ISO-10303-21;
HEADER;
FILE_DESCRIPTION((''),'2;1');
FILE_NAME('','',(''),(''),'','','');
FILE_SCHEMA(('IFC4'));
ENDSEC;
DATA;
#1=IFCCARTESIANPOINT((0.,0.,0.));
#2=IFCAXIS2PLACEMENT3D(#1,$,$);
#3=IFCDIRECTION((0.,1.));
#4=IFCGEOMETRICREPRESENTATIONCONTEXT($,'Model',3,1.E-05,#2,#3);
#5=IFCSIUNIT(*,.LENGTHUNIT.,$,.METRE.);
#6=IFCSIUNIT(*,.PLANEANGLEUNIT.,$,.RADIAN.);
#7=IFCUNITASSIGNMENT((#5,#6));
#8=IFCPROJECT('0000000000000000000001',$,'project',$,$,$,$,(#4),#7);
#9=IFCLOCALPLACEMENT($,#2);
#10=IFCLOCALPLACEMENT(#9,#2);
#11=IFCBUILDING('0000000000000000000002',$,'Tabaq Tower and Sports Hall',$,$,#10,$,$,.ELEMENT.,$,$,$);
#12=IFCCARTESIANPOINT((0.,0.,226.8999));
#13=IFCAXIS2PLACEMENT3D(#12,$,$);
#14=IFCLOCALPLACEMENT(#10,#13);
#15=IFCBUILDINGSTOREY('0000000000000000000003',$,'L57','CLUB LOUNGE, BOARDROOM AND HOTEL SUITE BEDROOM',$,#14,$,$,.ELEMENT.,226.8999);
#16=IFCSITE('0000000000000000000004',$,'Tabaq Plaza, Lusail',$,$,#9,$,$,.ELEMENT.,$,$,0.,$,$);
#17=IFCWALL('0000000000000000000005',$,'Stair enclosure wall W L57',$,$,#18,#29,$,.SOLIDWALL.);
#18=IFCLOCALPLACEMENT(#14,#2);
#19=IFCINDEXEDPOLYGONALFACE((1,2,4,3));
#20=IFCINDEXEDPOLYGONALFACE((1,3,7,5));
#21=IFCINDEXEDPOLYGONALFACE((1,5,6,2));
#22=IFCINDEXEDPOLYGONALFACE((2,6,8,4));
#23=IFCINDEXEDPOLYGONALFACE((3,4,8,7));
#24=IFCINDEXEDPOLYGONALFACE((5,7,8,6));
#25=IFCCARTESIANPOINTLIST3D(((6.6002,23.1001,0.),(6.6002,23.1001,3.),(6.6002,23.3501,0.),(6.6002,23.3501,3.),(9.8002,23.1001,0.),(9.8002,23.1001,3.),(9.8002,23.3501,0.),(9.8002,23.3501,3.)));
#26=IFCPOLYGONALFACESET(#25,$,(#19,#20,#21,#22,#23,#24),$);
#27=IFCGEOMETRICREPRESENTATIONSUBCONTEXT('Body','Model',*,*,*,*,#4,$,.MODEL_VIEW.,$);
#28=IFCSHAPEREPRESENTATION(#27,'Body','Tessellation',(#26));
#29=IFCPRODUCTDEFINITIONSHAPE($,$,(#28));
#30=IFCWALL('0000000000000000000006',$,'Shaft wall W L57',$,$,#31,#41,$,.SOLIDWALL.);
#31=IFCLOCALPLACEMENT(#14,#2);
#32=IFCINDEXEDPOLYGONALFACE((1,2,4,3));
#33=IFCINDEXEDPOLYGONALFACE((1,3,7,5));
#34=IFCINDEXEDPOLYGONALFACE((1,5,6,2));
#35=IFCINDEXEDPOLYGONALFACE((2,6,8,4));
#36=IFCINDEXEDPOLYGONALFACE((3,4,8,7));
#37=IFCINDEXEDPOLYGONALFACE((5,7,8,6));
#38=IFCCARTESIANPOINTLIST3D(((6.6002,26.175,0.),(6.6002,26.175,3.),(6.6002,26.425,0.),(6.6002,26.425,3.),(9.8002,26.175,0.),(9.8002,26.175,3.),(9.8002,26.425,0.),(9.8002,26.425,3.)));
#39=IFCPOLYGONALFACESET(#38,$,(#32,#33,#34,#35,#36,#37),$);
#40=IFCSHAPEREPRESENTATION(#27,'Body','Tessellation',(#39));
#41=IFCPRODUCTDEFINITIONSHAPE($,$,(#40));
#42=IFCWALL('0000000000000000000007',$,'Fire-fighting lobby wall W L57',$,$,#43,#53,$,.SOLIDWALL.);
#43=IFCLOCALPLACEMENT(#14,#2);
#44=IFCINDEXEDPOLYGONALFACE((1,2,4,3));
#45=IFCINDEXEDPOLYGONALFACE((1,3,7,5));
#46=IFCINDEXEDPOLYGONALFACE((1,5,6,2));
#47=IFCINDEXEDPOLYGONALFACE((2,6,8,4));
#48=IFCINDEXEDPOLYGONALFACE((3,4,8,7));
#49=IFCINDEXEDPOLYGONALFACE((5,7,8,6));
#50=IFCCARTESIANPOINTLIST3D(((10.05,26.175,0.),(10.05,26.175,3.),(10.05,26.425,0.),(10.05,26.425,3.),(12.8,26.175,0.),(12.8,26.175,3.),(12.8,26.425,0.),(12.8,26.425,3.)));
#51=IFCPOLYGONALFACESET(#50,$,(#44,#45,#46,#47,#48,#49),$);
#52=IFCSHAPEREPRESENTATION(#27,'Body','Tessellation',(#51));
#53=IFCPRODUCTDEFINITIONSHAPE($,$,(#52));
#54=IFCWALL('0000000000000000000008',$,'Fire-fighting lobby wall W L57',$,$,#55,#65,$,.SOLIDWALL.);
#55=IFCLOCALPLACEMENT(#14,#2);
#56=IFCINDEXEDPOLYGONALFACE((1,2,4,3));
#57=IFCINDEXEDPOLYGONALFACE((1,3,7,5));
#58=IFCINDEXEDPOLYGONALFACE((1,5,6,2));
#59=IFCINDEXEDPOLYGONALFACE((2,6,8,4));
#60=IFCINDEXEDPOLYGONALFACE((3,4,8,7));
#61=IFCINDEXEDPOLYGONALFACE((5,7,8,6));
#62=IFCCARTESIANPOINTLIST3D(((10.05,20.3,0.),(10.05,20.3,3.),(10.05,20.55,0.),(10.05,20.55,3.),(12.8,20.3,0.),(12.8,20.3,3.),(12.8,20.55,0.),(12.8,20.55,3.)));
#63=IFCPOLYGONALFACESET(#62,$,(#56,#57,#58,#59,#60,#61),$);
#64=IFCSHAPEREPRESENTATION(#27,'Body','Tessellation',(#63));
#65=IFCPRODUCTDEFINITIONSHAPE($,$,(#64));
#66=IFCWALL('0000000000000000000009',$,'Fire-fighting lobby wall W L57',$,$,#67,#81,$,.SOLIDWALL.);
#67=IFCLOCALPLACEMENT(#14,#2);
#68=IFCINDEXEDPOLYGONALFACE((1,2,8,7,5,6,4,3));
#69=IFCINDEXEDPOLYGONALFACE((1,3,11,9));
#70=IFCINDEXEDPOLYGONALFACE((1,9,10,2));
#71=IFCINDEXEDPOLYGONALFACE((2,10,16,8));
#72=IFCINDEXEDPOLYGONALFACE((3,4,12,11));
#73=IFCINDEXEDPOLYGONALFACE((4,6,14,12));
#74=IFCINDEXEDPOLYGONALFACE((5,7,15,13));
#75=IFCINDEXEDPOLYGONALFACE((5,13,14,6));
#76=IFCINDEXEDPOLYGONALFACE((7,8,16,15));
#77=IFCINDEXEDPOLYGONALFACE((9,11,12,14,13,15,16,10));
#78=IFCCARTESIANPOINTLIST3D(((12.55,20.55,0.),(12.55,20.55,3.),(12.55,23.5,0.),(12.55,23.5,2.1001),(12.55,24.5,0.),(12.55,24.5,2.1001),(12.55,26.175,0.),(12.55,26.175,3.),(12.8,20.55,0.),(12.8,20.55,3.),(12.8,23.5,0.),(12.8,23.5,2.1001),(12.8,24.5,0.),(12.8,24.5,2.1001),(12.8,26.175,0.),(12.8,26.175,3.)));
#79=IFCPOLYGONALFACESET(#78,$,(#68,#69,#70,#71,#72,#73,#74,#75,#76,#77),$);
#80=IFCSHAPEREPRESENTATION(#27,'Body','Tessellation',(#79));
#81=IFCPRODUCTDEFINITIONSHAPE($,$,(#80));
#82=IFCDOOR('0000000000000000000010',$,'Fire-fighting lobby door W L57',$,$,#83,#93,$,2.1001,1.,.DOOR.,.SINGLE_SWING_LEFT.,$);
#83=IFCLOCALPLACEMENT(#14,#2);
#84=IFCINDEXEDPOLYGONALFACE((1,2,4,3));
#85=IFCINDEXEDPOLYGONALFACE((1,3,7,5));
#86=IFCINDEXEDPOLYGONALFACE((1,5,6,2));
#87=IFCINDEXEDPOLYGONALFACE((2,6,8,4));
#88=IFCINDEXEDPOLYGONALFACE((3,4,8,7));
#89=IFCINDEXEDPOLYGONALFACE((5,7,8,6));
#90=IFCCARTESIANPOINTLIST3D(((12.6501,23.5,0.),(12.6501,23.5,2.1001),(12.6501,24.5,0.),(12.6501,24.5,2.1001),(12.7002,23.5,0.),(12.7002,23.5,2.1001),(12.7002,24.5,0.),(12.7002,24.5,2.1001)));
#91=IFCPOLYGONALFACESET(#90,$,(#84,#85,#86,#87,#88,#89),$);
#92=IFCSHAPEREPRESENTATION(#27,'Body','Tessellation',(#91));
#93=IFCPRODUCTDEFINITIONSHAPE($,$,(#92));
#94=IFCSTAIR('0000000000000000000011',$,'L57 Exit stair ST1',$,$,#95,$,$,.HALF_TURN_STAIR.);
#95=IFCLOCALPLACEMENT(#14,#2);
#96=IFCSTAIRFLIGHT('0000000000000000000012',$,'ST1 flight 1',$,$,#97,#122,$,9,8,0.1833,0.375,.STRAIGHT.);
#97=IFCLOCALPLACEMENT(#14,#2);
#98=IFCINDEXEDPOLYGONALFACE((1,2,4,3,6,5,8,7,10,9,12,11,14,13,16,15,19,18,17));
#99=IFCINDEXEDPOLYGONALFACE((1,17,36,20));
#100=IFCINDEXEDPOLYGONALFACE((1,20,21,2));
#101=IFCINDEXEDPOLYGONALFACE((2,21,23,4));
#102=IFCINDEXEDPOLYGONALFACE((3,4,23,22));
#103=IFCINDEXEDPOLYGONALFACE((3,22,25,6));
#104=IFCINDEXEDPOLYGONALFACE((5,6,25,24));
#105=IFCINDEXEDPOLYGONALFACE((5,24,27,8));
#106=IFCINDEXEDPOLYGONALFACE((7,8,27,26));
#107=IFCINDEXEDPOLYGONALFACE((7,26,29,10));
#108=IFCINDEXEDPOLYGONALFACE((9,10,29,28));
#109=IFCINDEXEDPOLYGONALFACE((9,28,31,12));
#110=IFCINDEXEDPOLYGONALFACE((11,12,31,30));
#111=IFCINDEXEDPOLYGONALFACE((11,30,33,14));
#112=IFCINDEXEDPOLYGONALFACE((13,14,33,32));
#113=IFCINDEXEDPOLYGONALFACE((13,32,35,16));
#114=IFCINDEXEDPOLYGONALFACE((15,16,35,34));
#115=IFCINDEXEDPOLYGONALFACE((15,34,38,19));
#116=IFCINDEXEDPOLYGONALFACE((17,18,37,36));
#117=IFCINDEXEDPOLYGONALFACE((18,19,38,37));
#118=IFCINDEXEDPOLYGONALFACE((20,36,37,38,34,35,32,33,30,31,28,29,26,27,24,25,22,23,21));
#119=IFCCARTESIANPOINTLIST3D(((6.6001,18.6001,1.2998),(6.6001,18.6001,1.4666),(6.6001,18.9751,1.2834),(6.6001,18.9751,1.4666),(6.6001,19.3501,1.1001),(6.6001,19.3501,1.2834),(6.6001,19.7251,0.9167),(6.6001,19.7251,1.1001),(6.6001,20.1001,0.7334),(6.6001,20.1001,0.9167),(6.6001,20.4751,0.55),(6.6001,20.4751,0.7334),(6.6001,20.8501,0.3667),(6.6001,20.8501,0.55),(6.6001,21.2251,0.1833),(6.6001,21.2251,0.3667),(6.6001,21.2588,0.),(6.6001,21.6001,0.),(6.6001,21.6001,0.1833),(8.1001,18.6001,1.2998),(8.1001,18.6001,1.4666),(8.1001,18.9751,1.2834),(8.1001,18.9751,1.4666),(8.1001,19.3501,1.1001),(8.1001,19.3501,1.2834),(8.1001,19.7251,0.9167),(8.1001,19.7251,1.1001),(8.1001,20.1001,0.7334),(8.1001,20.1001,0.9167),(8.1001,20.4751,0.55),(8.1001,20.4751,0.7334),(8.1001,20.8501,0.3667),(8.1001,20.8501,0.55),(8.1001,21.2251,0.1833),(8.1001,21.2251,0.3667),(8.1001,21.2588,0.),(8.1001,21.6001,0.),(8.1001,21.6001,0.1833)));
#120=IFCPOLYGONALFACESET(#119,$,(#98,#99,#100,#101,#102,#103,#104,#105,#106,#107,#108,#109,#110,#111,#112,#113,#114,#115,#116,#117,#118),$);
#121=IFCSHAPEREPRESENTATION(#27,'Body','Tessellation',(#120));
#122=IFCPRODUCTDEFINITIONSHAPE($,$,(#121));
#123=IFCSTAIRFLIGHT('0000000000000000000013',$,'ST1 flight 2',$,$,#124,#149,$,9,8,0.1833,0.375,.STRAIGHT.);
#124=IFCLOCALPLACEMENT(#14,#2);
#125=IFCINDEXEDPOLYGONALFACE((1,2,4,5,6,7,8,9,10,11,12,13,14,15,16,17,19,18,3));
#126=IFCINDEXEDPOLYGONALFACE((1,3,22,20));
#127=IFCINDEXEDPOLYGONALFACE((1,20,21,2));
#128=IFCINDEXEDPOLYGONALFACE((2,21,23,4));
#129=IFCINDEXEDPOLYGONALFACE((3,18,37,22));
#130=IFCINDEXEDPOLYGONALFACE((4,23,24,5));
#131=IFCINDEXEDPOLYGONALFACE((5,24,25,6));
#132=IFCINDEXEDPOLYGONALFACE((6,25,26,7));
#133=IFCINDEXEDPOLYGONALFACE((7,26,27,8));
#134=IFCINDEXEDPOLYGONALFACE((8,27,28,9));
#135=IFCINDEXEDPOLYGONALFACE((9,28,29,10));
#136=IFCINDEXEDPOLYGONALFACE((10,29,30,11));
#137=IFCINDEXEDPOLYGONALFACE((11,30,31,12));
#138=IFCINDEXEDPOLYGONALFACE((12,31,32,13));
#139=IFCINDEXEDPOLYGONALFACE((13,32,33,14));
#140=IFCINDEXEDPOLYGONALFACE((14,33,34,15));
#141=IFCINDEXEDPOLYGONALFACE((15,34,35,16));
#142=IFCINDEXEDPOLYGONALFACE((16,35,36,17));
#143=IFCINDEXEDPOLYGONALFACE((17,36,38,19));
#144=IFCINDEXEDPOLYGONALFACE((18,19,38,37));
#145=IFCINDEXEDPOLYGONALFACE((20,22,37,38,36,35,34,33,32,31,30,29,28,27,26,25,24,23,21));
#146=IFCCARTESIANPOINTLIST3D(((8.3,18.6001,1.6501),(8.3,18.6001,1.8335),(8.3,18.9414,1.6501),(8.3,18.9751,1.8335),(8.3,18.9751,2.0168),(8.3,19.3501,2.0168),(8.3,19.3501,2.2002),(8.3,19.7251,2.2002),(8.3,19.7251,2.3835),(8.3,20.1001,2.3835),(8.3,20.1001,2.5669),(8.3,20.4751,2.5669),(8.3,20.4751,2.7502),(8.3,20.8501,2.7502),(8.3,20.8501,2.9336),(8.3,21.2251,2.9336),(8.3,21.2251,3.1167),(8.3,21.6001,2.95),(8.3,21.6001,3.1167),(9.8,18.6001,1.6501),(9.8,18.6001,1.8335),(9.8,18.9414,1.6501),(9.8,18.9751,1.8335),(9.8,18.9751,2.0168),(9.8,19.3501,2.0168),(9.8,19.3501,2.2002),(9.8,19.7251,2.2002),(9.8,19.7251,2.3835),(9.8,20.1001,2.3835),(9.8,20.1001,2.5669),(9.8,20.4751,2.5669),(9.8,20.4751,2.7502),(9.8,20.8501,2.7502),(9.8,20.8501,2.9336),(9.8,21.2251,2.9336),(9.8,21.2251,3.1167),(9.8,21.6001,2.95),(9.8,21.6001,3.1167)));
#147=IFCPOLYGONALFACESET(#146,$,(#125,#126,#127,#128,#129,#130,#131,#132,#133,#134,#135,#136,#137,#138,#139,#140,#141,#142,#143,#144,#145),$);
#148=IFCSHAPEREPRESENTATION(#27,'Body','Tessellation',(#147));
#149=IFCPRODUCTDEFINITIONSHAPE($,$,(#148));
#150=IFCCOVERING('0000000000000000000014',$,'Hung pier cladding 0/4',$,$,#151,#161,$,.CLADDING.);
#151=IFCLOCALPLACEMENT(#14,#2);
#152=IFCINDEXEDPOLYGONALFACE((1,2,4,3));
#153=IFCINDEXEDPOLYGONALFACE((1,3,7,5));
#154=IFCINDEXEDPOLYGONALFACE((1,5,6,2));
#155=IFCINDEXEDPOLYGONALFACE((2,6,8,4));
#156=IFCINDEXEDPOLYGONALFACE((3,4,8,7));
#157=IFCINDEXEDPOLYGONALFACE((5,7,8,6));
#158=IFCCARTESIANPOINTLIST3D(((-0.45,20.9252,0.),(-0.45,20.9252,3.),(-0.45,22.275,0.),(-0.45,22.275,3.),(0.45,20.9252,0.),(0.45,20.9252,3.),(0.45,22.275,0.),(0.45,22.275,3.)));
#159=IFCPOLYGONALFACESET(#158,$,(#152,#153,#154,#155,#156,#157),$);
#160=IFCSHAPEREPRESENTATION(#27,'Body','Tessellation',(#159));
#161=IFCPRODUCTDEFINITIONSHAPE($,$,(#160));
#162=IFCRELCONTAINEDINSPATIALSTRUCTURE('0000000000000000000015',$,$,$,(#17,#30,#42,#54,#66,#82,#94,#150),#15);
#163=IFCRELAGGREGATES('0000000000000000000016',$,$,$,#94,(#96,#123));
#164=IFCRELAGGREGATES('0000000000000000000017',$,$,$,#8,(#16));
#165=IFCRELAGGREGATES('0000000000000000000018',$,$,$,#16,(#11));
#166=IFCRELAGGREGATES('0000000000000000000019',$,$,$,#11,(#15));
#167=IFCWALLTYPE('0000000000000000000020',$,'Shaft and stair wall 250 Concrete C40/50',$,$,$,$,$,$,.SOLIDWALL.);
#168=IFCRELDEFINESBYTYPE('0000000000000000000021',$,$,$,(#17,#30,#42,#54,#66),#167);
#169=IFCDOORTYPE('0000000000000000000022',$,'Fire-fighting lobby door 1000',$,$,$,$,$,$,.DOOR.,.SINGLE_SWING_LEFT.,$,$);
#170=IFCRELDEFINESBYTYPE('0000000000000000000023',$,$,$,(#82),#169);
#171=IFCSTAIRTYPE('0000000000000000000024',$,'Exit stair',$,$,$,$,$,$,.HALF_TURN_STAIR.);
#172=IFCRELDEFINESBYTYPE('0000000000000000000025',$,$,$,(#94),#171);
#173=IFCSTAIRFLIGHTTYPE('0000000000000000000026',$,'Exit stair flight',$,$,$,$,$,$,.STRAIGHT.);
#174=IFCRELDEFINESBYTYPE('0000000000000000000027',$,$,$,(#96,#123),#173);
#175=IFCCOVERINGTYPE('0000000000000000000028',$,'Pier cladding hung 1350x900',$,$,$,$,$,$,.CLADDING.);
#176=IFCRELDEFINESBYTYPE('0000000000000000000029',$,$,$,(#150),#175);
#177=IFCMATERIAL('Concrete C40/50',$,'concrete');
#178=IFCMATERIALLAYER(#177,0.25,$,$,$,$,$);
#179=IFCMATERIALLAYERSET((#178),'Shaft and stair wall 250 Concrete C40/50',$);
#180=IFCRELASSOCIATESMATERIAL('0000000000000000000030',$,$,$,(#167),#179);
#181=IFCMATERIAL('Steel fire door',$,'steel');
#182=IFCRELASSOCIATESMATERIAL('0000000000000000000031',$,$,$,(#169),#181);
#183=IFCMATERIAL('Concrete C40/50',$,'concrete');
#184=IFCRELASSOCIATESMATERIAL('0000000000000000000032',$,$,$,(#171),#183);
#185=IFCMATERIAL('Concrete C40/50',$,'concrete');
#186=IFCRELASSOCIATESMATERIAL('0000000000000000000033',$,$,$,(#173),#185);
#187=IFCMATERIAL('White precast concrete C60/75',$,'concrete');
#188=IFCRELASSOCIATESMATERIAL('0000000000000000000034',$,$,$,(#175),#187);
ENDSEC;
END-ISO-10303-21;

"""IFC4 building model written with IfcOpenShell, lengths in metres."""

from ifc_helpers import new_model, si_unit, direction, frame, frame_2d, origin, place, context, subcontext, project, spatial, polyline, rectangle, outline, extrude, material, layer, layer_set, type_object, element, fill, aggregate, save


model = new_model("IFC4")

# Units and contexts
model_context = context("Model", 3, precision=1e-05, world=origin(), true_north=direction((0.0, 1.0)))
body_context = subcontext(model_context, "Body", "Model", "MODEL_VIEW")
ifc_project = project(units=[si_unit("LENGTHUNIT", "METRE"), si_unit("PLANEANGLEUNIT", "RADIAN")], contexts=[model_context])

# Site, building, storey
site_placement = place(None, origin())
site = spatial("IfcSite", under=ifc_project, at=site_placement, Name="Tabaq Plaza, Lusail", CompositionType="ELEMENT", RefElevation=0.0)
building_placement = place(site_placement, origin())
building = spatial("IfcBuilding", under=site, at=building_placement, Name="Tabaq Tower and Sports Hall", CompositionType="ELEMENT")
storey_placement = place(building_placement, frame((0.0, 0.0, 226.8999)))
storey = spatial("IfcBuildingStorey", under=building, at=storey_placement, Name="L57", Description="CLUB LOUNGE, BOARDROOM AND HOTEL SUITE BEDROOM", CompositionType="ELEMENT", Elevation=226.8999)

# Shared definitions
ifc_material_1 = material(Name="Concrete C40/50", Category="concrete")
ifc_layer_1 = layer(ifc_material_1, 0.25)
ifc_layer_set_1 = layer_set([ifc_layer_1], Name="Shaft and stair wall 250 Concrete C40/50")
wall_type_1 = type_object("IfcWallType", Name="Shaft and stair wall 250 Concrete C40/50", PredefinedType="SOLIDWALL", material=ifc_layer_set_1)

# Walls
for number, where, z_axis, x_axis, name in (
    (1, (6.6001, 23.2251, 0.0), (0.0, 0.0, 1.0), (1.0, 0.0, 0.0), "Stair enclosure wall W L57"),
    (2, (6.6001, 26.3, 0.0), (0.0, 0.0, 1.0), (1.0, 0.0, 0.0), "Shaft wall W L57"),
):
    element("IfcWall", number, at=place(storey_placement, frame(where, z_axis=z_axis, x_axis=x_axis)), inside=storey, type_object=wall_type_1, Name=name, PredefinedType="SOLIDWALL", context=body_context, shape_type="SweptSolid", body=[
        extrude(rectangle(XDim=3.2, YDim=0.25, at=frame_2d((1.6001, 0.0))), origin(), (0.0, 0.0, 1.0), 3.0),
    ])
for number, where, z_axis, x_axis, name in (
    (3, (10.05, 26.3, 0.0), (0.0, 0.0, 1.0), (1.0, 0.0, 0.0), "Fire-fighting lobby wall W L57"),
    (4, (10.05, 20.425, 0.0), (0.0, 0.0, 1.0), (1.0, 0.0, 0.0), "Fire-fighting lobby wall W L57"),
):
    element("IfcWall", number, at=place(storey_placement, frame(where, z_axis=z_axis, x_axis=x_axis)), inside=storey, type_object=wall_type_1, Name=name, PredefinedType="SOLIDWALL", context=body_context, shape_type="SweptSolid", body=[
        extrude(rectangle(XDim=2.75, YDim=0.25, at=frame_2d((1.375, 0.0))), origin(), (0.0, 0.0, 1.0), 3.0),
    ])

# Wall, opening, door
wall_1_placement = place(storey_placement, frame((12.675, 20.55, 0.0), z_axis=(0.0, 0.0, 1.0), x_axis=(0.0, 1.0, 0.0)))
wall_1 = element("IfcWall", 5, at=wall_1_placement, inside=storey, type_object=wall_type_1, Name="Fire-fighting lobby wall W L57", PredefinedType="SOLIDWALL", context=body_context, shape_type="SweptSolid", body=[
    extrude(rectangle(XDim=5.625, YDim=0.25, at=frame_2d((2.8125, 0.0))), origin(), (0.0, 0.0, 1.0), 3.0),
])
opening_1_placement = place(wall_1_placement, frame((2.95, 0.0, 0.0)))
opening_1 = element("IfcOpeningElement", 6, at=opening_1_placement, cuts=wall_1, PredefinedType="OPENING", context=body_context, shape_type="SweptSolid", body=[
    extrude(rectangle(XDim=1.0, YDim=2.1001, at=frame_2d((0.5, 1.05))), frame((0.0, 0.125, 0.0), z_axis=(0.0, -1.0, 0.0), x_axis=(1.0, 0.0, 0.0)), (0.0, 0.0, 1.0), 0.25),
])
ifc_material_2 = material(Name="Steel fire door", Category="steel")
door_type_1 = type_object("IfcDoorType", Name="Fire-fighting lobby door 1000", OperationType="SINGLE_SWING_LEFT", PredefinedType="DOOR", material=ifc_material_2)
door_1_placement = place(opening_1_placement, origin())
door_1 = element("IfcDoor", 7, at=door_1_placement, inside=storey, type_object=door_type_1, Name="Fire-fighting lobby door W L57", OperationType="SINGLE_SWING_LEFT", OverallHeight=2.1001, OverallWidth=1.0, PredefinedType="DOOR", context=body_context, shape_type="SweptSolid", body=[
    extrude(rectangle(XDim=1.0, YDim=2.1001, at=frame_2d((0.5, 1.05))), frame((0.0, 0.0249, 0.0), z_axis=(0.0, -1.0, 0.0), x_axis=(1.0, 0.0, 0.0)), (0.0, 0.0, 1.0), 0.05),
])
fill(opening_1, door_1)

# Stair, stair flights
ifc_material_3 = material(Name="Concrete C40/50", Category="concrete")
stair_type = type_object("IfcStairType", Name="Exit stair", PredefinedType="HALF_TURN_STAIR", material=ifc_material_3)
stair_placement = place(storey_placement, origin())
stair = element("IfcStair", 8, at=stair_placement, inside=storey, type_object=stair_type, Name="L57 Exit stair ST1", PredefinedType="HALF_TURN_STAIR")
ifc_material_4 = material(Name="Concrete C40/50", Category="concrete")
stair_flight_type = type_object("IfcStairFlightType", Name="Exit stair flight", PredefinedType="STRAIGHT", material=ifc_material_4)
stair_flight_1_placement = place(storey_placement, frame((7.3501, 21.6001, 0.0), z_axis=(0.0, 0.0, 1.0), x_axis=(0.0, -1.0, 0.0)))
stair_flight_1 = element("IfcStairFlight", 9, at=stair_flight_1_placement, type_object=stair_flight_type, Name="ST1 flight 1", NumberOfRisers=9, NumberOfTreads=8, PredefinedType="STRAIGHT", RiserHeight=0.1833, TreadLength=0.375, context=body_context, shape_type="SweptSolid", body=[
    extrude(outline(polyline([(0.0, 0.0), (0.0, 0.1833), (0.375, 0.1833), (0.375, 0.3667), (0.75, 0.3667), (0.75, 0.55), (1.125, 0.55), (1.125, 0.7334), (1.5, 0.7334), (1.5, 0.9167), (1.875, 0.9167), (1.875, 1.1001), (2.25, 1.1001), (2.25, 1.2834), (2.625, 1.2834), (2.625, 1.4666), (3.0, 1.4666), (3.0, 1.6499), (3.0, 1.2998), (0.3413, 0.0), (0.0, 0.0)])), frame((0.0, 0.75, 0.0), z_axis=(0.0, -1.0, 0.0), x_axis=(1.0, 0.0, 0.0)), (0.0, 0.0, 1.0), 1.5),
])
stair_flight_2_placement = place(storey_placement, frame((9.05, 18.6001, 1.6501), z_axis=(0.0, 0.0, 1.0), x_axis=(0.0, 1.0, 0.0)))
stair_flight_2 = element("IfcStairFlight", 10, at=stair_flight_2_placement, type_object=stair_flight_type, Name="ST1 flight 2", NumberOfRisers=9, NumberOfTreads=8, PredefinedType="STRAIGHT", RiserHeight=0.1833, TreadLength=0.375, context=body_context, shape_type="SweptSolid", body=[
    extrude(outline(polyline([(0.0, 0.0), (0.0, 0.1833), (0.375, 0.1833), (0.375, 0.3667), (0.75, 0.3667), (0.75, 0.55), (1.125, 0.55), (1.125, 0.7334), (1.5, 0.7334), (1.5, 0.9167), (1.875, 0.9167), (1.875, 1.1001), (2.25, 1.1001), (2.25, 1.2834), (2.625, 1.2834), (2.625, 1.4666), (3.0, 1.4666), (3.0, 1.6499), (3.0, 1.2998), (0.3413, 0.0), (0.0, 0.0)])), frame((0.0, 0.75, 0.0), z_axis=(0.0, -1.0, 0.0), x_axis=(1.0, 0.0, 0.0)), (0.0, 0.0, 1.0), 1.5),
])
aggregate(stair, [stair_flight_1, stair_flight_2])

# Covering
ifc_material_5 = material(Name="White precast concrete C60/75", Category="concrete")
covering_type_1 = type_object("IfcCoveringType", Name="Pier cladding hung 1350x900", PredefinedType="CLADDING", material=ifc_material_5)
covering_1_placement = place(storey_placement, frame((0.0, 22.2749, 0.0), z_axis=(0.0, 0.0, 1.0), x_axis=(0.0, -1.0, 0.0)))
element("IfcCovering", 11, at=covering_1_placement, inside=storey, type_object=covering_type_1, Name="Hung pier cladding 0/4", PredefinedType="CLADDING", context=body_context, shape_type="SweptSolid", body=[
    extrude(rectangle(XDim=1.3499, YDim=0.8999, at=frame_2d((0.6748, 0.0))), origin(), (0.0, 0.0, 1.0), 3.0),
])

save(model, "model.ifc")
